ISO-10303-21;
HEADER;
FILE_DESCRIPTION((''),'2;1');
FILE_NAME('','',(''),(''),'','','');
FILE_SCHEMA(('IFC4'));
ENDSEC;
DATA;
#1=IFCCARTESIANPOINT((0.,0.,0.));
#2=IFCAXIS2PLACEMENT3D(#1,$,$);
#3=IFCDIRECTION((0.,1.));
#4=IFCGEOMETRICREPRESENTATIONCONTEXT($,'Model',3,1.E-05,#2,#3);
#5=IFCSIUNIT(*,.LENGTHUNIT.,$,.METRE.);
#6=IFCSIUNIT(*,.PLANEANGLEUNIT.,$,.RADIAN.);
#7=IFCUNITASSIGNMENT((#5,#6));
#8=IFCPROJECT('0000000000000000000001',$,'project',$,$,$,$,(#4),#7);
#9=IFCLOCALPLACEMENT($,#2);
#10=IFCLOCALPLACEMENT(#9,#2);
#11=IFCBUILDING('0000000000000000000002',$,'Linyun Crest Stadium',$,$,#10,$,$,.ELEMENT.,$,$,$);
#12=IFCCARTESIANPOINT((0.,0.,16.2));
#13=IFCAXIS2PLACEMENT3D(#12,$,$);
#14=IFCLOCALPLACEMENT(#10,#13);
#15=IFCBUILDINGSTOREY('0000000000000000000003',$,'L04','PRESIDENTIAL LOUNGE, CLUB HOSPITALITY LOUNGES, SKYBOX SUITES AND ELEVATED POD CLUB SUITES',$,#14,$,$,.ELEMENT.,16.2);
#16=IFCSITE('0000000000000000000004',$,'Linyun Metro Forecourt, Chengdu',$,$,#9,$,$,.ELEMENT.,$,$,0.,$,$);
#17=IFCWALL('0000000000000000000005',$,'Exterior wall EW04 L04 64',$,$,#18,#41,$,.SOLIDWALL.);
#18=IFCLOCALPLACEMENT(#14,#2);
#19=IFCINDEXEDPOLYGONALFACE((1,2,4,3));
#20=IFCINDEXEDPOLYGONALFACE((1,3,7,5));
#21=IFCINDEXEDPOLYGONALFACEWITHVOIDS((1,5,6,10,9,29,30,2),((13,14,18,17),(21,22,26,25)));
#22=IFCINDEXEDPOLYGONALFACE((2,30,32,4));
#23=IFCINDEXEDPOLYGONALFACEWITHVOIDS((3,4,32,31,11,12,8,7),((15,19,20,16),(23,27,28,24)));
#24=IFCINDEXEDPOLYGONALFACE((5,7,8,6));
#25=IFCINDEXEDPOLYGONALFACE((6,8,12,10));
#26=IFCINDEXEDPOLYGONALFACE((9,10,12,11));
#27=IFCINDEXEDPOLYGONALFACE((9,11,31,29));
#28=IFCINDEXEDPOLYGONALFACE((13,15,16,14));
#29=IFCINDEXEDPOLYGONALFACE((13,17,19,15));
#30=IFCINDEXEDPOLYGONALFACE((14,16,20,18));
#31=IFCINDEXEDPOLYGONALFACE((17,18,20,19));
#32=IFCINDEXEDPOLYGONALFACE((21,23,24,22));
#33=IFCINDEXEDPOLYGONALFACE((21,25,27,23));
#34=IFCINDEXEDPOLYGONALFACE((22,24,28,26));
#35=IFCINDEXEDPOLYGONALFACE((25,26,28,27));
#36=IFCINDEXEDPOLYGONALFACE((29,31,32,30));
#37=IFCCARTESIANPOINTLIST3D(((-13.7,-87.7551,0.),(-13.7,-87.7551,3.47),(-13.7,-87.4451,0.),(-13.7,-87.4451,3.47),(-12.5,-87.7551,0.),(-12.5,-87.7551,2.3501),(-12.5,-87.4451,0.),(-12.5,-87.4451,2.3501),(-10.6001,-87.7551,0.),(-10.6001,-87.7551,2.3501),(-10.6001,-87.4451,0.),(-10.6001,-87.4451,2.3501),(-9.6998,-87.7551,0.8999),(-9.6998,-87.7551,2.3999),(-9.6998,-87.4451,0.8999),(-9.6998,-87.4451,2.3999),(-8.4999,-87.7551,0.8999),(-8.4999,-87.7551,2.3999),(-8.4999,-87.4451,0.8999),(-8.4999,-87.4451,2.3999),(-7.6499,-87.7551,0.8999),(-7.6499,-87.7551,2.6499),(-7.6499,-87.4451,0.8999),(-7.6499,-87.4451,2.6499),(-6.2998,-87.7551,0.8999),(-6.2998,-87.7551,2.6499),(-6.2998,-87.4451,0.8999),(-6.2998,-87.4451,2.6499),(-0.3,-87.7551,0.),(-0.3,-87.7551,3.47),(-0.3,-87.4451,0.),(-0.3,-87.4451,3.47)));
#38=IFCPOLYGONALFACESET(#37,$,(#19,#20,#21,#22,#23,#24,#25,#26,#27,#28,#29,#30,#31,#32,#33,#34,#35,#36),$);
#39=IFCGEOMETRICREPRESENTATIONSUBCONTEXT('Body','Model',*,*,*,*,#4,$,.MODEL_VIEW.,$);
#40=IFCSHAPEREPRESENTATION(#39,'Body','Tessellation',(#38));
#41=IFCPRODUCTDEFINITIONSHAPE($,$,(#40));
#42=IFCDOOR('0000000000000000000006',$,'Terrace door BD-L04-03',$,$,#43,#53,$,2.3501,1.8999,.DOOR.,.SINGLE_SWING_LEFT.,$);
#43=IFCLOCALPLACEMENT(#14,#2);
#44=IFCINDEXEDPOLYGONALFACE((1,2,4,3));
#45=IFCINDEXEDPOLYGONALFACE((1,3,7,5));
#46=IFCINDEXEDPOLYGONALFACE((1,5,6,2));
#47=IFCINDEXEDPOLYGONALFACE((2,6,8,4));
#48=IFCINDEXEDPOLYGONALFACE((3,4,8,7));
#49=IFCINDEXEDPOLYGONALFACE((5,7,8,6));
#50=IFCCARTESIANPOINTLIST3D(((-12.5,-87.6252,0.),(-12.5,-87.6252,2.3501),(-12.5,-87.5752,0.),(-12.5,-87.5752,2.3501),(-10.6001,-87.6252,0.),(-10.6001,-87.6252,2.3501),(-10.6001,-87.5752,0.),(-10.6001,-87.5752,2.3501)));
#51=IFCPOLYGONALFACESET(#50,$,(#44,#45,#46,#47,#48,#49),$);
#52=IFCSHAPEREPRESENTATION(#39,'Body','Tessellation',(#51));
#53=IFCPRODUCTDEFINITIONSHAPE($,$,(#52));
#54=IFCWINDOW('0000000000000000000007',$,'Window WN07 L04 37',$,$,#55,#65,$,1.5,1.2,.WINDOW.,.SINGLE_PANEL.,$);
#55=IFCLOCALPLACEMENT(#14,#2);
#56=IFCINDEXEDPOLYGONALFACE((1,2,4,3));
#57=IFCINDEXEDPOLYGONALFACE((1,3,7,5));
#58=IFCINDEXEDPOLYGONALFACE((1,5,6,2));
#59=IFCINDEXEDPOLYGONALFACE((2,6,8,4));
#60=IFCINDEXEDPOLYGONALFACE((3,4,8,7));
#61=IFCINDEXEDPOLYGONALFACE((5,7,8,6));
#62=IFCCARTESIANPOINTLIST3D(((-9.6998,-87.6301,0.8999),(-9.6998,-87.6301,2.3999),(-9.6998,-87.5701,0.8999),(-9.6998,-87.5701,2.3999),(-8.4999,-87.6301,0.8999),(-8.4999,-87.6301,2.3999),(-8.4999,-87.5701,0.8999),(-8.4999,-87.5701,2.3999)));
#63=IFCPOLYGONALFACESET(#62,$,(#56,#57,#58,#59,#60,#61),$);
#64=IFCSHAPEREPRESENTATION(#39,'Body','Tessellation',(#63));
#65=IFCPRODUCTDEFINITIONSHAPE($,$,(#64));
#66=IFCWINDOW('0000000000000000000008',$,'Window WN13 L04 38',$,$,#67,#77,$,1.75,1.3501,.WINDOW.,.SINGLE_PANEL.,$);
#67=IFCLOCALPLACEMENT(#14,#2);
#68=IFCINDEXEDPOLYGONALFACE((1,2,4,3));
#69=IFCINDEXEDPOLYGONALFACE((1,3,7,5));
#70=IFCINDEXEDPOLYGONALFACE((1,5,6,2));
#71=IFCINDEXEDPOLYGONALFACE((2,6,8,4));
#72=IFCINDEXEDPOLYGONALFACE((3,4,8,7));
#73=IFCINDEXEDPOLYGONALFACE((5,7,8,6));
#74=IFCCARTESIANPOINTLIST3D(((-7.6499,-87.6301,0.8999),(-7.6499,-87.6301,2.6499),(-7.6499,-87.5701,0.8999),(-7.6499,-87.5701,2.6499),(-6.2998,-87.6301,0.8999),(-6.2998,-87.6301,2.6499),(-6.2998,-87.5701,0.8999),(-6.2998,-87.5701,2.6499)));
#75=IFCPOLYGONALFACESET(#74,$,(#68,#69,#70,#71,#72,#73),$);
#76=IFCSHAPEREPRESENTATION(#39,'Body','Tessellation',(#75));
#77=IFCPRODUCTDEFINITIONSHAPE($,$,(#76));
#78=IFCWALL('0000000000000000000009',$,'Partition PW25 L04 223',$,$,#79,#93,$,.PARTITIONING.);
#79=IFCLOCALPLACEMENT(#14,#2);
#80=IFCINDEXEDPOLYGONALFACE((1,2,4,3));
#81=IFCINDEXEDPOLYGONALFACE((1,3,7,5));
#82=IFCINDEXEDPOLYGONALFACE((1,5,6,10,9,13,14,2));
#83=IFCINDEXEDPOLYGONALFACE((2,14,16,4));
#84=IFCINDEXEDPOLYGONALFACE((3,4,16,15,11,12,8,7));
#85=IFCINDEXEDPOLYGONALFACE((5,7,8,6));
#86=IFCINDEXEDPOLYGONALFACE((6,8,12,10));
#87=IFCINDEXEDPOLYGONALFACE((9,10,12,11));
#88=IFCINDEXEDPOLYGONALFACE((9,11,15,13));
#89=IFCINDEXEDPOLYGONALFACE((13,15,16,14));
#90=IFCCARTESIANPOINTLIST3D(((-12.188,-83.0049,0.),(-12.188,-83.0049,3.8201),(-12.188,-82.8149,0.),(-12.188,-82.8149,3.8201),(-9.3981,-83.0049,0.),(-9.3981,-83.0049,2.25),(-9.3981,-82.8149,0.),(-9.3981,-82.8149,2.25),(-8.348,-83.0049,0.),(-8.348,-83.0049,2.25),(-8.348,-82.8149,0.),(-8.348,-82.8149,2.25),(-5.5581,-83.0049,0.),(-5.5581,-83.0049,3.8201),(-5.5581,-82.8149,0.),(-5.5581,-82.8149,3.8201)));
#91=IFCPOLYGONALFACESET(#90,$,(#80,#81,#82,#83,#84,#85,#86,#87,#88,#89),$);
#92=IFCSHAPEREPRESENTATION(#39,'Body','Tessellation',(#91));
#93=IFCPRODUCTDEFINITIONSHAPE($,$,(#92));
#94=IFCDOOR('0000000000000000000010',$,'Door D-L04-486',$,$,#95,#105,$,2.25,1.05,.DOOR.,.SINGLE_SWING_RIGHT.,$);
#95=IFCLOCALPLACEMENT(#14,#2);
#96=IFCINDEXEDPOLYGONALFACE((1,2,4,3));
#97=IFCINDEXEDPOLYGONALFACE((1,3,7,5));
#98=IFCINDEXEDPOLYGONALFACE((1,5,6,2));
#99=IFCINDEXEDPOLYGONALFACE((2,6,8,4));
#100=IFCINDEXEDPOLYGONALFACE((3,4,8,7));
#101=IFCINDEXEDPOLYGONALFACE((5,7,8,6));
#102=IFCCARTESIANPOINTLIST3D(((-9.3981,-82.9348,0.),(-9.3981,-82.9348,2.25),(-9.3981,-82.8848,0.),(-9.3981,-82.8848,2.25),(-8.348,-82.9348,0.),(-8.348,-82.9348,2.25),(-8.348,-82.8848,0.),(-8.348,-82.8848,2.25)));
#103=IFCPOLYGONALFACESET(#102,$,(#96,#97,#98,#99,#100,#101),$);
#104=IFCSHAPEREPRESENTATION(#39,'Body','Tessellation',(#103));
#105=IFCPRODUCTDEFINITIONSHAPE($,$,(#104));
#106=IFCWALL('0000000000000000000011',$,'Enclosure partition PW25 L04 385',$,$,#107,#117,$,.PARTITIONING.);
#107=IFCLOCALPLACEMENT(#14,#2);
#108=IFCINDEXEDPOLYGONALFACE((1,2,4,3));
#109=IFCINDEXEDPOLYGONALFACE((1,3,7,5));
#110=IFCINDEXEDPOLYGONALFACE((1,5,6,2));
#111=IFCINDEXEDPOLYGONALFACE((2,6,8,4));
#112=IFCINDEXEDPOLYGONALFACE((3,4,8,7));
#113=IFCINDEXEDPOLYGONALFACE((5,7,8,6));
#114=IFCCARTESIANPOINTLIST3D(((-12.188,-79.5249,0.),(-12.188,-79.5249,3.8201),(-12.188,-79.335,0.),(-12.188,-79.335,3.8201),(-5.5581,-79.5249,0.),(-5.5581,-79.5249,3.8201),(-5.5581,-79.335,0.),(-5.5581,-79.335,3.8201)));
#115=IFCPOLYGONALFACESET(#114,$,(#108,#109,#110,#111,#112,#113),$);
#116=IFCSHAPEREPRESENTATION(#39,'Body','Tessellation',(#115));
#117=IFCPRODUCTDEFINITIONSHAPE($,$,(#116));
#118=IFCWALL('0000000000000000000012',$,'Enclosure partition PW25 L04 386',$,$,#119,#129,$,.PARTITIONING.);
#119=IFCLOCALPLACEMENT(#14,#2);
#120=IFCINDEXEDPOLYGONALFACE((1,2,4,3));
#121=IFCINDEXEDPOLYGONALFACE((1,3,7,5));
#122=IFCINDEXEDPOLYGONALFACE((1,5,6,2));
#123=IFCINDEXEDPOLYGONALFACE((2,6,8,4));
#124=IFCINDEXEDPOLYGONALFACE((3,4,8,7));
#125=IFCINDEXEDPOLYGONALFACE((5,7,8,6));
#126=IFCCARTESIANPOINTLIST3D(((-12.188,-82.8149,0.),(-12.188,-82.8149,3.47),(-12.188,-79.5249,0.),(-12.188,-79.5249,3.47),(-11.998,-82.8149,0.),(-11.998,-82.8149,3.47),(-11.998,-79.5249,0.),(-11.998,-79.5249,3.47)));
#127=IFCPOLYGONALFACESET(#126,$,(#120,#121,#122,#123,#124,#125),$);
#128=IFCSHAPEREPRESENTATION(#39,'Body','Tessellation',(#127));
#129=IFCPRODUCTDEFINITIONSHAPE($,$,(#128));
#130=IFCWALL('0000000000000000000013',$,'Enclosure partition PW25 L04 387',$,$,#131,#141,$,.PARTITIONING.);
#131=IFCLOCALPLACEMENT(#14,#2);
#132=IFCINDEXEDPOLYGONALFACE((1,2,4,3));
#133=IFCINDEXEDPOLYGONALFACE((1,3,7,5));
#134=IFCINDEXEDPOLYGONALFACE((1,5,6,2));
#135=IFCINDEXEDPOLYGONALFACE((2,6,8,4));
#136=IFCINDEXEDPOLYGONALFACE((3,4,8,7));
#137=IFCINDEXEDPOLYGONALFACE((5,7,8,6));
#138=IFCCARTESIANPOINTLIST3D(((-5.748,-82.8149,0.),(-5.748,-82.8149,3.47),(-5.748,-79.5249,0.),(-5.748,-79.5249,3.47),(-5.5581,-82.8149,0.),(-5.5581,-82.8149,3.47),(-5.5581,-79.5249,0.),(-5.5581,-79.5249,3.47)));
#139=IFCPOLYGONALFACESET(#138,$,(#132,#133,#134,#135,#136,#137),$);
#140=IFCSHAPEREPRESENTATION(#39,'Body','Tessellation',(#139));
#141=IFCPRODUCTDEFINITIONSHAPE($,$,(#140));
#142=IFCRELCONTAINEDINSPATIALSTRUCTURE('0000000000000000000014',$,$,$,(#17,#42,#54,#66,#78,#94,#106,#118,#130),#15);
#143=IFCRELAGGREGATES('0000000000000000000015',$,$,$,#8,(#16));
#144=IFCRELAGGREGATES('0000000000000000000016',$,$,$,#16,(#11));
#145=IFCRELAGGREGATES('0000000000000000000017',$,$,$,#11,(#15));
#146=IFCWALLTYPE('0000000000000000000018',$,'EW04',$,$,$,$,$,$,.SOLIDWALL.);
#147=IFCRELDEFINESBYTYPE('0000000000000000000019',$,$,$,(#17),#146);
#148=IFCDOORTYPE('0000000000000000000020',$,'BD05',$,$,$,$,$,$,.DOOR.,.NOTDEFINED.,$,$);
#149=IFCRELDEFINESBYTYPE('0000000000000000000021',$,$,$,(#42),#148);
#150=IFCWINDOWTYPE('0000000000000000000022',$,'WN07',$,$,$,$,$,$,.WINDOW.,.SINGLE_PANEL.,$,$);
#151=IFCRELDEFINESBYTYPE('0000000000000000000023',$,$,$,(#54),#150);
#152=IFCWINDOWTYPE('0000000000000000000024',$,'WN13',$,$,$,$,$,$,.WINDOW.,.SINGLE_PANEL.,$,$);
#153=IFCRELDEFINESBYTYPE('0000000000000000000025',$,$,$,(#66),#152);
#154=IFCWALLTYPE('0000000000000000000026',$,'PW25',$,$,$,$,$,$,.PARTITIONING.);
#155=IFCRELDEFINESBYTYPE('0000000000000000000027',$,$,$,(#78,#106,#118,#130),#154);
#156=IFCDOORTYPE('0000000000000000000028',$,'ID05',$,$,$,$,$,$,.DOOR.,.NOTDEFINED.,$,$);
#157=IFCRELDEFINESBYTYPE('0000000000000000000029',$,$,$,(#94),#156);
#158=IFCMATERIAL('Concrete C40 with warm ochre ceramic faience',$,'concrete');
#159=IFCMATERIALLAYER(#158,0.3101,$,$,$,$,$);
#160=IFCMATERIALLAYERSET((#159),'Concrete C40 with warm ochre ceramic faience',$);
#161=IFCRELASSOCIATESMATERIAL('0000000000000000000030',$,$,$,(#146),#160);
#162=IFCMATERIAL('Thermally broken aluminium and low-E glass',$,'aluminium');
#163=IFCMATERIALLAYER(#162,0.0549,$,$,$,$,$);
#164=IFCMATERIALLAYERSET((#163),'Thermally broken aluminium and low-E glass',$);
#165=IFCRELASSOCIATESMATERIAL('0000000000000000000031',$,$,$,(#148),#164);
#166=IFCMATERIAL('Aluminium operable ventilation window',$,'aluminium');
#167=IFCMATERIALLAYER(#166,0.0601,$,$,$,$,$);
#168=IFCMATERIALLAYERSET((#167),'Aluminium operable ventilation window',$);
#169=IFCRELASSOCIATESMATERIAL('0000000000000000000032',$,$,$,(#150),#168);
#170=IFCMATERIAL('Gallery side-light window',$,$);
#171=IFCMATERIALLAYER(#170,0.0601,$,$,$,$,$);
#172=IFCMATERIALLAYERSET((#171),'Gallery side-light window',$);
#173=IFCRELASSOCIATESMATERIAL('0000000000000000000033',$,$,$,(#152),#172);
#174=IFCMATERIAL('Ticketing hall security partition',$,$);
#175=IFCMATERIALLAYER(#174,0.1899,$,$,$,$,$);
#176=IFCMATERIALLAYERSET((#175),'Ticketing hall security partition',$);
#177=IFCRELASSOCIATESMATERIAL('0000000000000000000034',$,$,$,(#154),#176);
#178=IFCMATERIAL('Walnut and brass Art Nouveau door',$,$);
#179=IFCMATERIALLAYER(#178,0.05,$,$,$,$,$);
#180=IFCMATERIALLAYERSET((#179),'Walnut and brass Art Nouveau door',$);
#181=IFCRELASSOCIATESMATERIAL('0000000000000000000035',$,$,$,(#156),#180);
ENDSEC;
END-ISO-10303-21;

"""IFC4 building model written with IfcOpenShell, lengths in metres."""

from ifc_helpers import new_model, si_unit, direction, frame, frame_2d, origin, place, context, subcontext, project, spatial, rectangle, extrude, material, layer, layer_set, type_object, element, fill, save


model = new_model("IFC4")

# Units and contexts
model_context = context("Model", 3, precision=1e-05, world=origin(), true_north=direction((0.0, 1.0)))
body_context = subcontext(model_context, "Body", "Model", "MODEL_VIEW")
ifc_project = project(units=[si_unit("LENGTHUNIT", "METRE"), si_unit("PLANEANGLEUNIT", "RADIAN")], contexts=[model_context])

# Site, building, storey
site_placement = place(None, origin())
site = spatial("IfcSite", under=ifc_project, at=site_placement, Name="Linyun Metro Forecourt, Chengdu", CompositionType="ELEMENT", RefElevation=0.0)
building_placement = place(site_placement, origin())
building = spatial("IfcBuilding", under=site, at=building_placement, Name="Linyun Crest Stadium", CompositionType="ELEMENT")
storey_placement = place(building_placement, frame((0.0, 0.0, 16.2)))
storey = spatial("IfcBuildingStorey", under=building, at=storey_placement, Name="L04", Description="PRESIDENTIAL LOUNGE, CLUB HOSPITALITY LOUNGES, SKYBOX SUITES AND ELEVATED POD CLUB SUITES", CompositionType="ELEMENT", Elevation=16.2)

# Wall, openings, door, windows
ifc_material_1 = material(Name="Concrete C40 with warm ochre ceramic faience", Category="concrete")
ifc_layer_1 = layer(ifc_material_1, 0.3101)
ifc_layer_set_1 = layer_set([ifc_layer_1], Name="Concrete C40 with warm ochre ceramic faience")
wall_type_1 = type_object("IfcWallType", Name="EW04", PredefinedType="SOLIDWALL", material=ifc_layer_set_1)
wall_1_placement = place(storey_placement, frame((-13.7, -87.6001, 0.0), z_axis=(0.0, 0.0, 1.0), x_axis=(1.0, 0.0, 0.0)))
wall_1 = element("IfcWall", 1, at=wall_1_placement, inside=storey, type_object=wall_type_1, Name="Exterior wall EW04 L04 64", PredefinedType="SOLIDWALL", context=body_context, shape_type="SweptSolid", body=[
    extrude(rectangle(XDim=13.3999, YDim=0.3101, at=frame_2d((6.7, 0.0))), origin(), (0.0, 0.0, 1.0), 3.47),
])
opening_1_placement = place(wall_1_placement, frame((1.2, 0.0, 0.0)))
opening_1 = element("IfcOpeningElement", 2, at=opening_1_placement, cuts=wall_1, PredefinedType="OPENING", context=body_context, shape_type="SweptSolid", body=[
    extrude(rectangle(XDim=1.8999, YDim=2.3501, at=frame_2d((0.95, 1.175))), frame((0.0, 0.165, 0.0), z_axis=(0.0, -1.0, 0.0), x_axis=(1.0, 0.0, 0.0)), (0.0, 0.0, 1.0), 0.3301),
])
opening_2_placement = place(wall_1_placement, frame((4.0, 0.0, 0.8999)))
opening_2 = element("IfcOpeningElement", 3, at=opening_2_placement, cuts=wall_1, PredefinedType="OPENING", context=body_context, shape_type="SweptSolid", body=[
    extrude(rectangle(XDim=1.2, YDim=1.5, at=frame_2d((0.6001, 0.75))), frame((0.0, 0.165, 0.0), z_axis=(0.0, -1.0, 0.0), x_axis=(1.0, 0.0, 0.0)), (0.0, 0.0, 1.0), 0.3301),
])
opening_3_placement = place(wall_1_placement, frame((6.05, 0.0, 0.8999)))
opening_3 = element("IfcOpeningElement", 4, at=opening_3_placement, cuts=wall_1, PredefinedType="OPENING", context=body_context, shape_type="SweptSolid", body=[
    extrude(rectangle(XDim=1.3501, YDim=1.75, at=frame_2d((0.675, 0.875))), frame((0.0, 0.165, 0.0), z_axis=(0.0, -1.0, 0.0), x_axis=(1.0, 0.0, 0.0)), (0.0, 0.0, 1.0), 0.3301),
])
ifc_material_2 = material(Name="Thermally broken aluminium and low-E glass", Category="aluminium")
ifc_layer_2 = layer(ifc_material_2, 0.0549)
ifc_layer_set_2 = layer_set([ifc_layer_2], Name="Thermally broken aluminium and low-E glass")
door_type_1 = type_object("IfcDoorType", Name="BD05", OperationType="NOTDEFINED", PredefinedType="DOOR", material=ifc_layer_set_2)
door_1_placement = place(opening_1_placement, origin())
door_1 = element("IfcDoor", 5, at=door_1_placement, inside=storey, type_object=door_type_1, Name="Terrace door BD-L04-03", OperationType="SINGLE_SWING_LEFT", OverallHeight=2.3501, OverallWidth=1.8999, PredefinedType="DOOR", context=body_context, shape_type="SweptSolid", body=[
    extrude(rectangle(XDim=1.8999, YDim=2.3501, at=frame_2d((0.95, 1.175))), frame((0.0, 0.0249, 0.0), z_axis=(0.0, -1.0, 0.0), x_axis=(1.0, 0.0, 0.0)), (0.0, 0.0, 1.0), 0.05),
])
fill(opening_1, door_1)
ifc_material_3 = material(Name="Aluminium operable ventilation window", Category="aluminium")
ifc_layer_3 = layer(ifc_material_3, 0.0601)
ifc_layer_set_3 = layer_set([ifc_layer_3], Name="Aluminium operable ventilation window")
window_type_1 = type_object("IfcWindowType", Name="WN07", PartitioningType="SINGLE_PANEL", PredefinedType="WINDOW", material=ifc_layer_set_3)
window_1_placement = place(opening_2_placement, origin())
window_1 = element("IfcWindow", 6, at=window_1_placement, inside=storey, type_object=window_type_1, Name="Window WN07 L04 37", OverallHeight=1.5, OverallWidth=1.2, PartitioningType="SINGLE_PANEL", PredefinedType="WINDOW", context=body_context, shape_type="SweptSolid", body=[
    extrude(rectangle(XDim=1.2, YDim=1.5, at=frame_2d((0.6001, 0.75))), frame((0.0, 0.03, 0.0), z_axis=(0.0, -1.0, 0.0), x_axis=(1.0, 0.0, 0.0)), (0.0, 0.0, 1.0), 0.0601),
])
fill(opening_2, window_1)
ifc_material_4 = material(Name="Gallery side-light window")
ifc_layer_4 = layer(ifc_material_4, 0.0601)
ifc_layer_set_4 = layer_set([ifc_layer_4], Name="Gallery side-light window")
window_type_2 = type_object("IfcWindowType", Name="WN13", PartitioningType="SINGLE_PANEL", PredefinedType="WINDOW", material=ifc_layer_set_4)
window_2_placement = place(opening_3_placement, origin())
window_2 = element("IfcWindow", 7, at=window_2_placement, inside=storey, type_object=window_type_2, Name="Window WN13 L04 38", OverallHeight=1.75, OverallWidth=1.3501, PartitioningType="SINGLE_PANEL", PredefinedType="WINDOW", context=body_context, shape_type="SweptSolid", body=[
    extrude(rectangle(XDim=1.3501, YDim=1.75, at=frame_2d((0.675, 0.875))), frame((0.0, 0.03, 0.0), z_axis=(0.0, -1.0, 0.0), x_axis=(1.0, 0.0, 0.0)), (0.0, 0.0, 1.0), 0.0601),
])
fill(opening_3, window_2)

# Wall, opening, door
ifc_material_5 = material(Name="Ticketing hall security partition")
ifc_layer_5 = layer(ifc_material_5, 0.1899)
ifc_layer_set_5 = layer_set([ifc_layer_5], Name="Ticketing hall security partition")
wall_type_2 = type_object("IfcWallType", Name="PW25", PredefinedType="PARTITIONING", material=ifc_layer_set_5)
wall_2_placement = place(storey_placement, frame((-5.5581, -82.9099, 0.0), z_axis=(0.0, 0.0, 1.0), x_axis=(-1.0, 0.0, 0.0)))
wall_2 = element("IfcWall", 8, at=wall_2_placement, inside=storey, type_object=wall_type_2, Name="Partition PW25 L04 223", PredefinedType="PARTITIONING", context=body_context, shape_type="SweptSolid", body=[
    extrude(rectangle(XDim=6.6299, YDim=0.1899, at=frame_2d((3.3149, 0.0))), origin(), (0.0, 0.0, 1.0), 3.8201),
])
opening_4_placement = place(wall_2_placement, frame((2.79, 0.0, 0.0)))
opening_4 = element("IfcOpeningElement", 9, at=opening_4_placement, cuts=wall_2, PredefinedType="OPENING", context=body_context, shape_type="SweptSolid", body=[
    extrude(rectangle(XDim=1.05, YDim=2.25, at=frame_2d((0.5249, 1.125))), frame((0.0, 0.105, 0.0), z_axis=(0.0, -1.0, 0.0), x_axis=(1.0, 0.0, 0.0)), (0.0, 0.0, 1.0), 0.21),
])
ifc_material_6 = material(Name="Walnut and brass Art Nouveau door")
ifc_layer_6 = layer(ifc_material_6, 0.05)
ifc_layer_set_6 = layer_set([ifc_layer_6], Name="Walnut and brass Art Nouveau door")
door_type_2 = type_object("IfcDoorType", Name="ID05", OperationType="NOTDEFINED", PredefinedType="DOOR", material=ifc_layer_set_6)
door_2_placement = place(opening_4_placement, origin())
door_2 = element("IfcDoor", 10, at=door_2_placement, inside=storey, type_object=door_type_2, Name="Door D-L04-486", OperationType="SINGLE_SWING_RIGHT", OverallHeight=2.25, OverallWidth=1.05, PredefinedType="DOOR", context=body_context, shape_type="SweptSolid", body=[
    extrude(rectangle(XDim=1.05, YDim=2.25, at=frame_2d((0.5249, 1.125))), frame((0.0, 0.0249, 0.0), z_axis=(0.0, -1.0, 0.0), x_axis=(1.0, 0.0, 0.0)), (0.0, 0.0, 1.0), 0.05),
])
fill(opening_4, door_2)

# Walls
wall_3_placement = place(storey_placement, frame((-12.188, -79.4299, 0.0), z_axis=(0.0, 0.0, 1.0), x_axis=(1.0, 0.0, 0.0)))
element("IfcWall", 11, at=wall_3_placement, inside=storey, type_object=wall_type_2, Name="Enclosure partition PW25 L04 385", PredefinedType="PARTITIONING", context=body_context, shape_type="SweptSolid", body=[
    extrude(rectangle(XDim=6.6299, YDim=0.1899, at=frame_2d((3.3149, 0.0))), origin(), (0.0, 0.0, 1.0), 3.8201),
])
for number, where, z_axis, x_axis, name in (
    (12, (-12.093, -82.8149, 0.0), (0.0, 0.0, 1.0), (0.0, 1.0, 0.0), "Enclosure partition PW25 L04 386"),
    (13, (-5.6531, -82.8149, 0.0), (0.0, 0.0, 1.0), (0.0, 1.0, 0.0), "Enclosure partition PW25 L04 387"),
):
    element("IfcWall", number, at=place(storey_placement, frame(where, z_axis=z_axis, x_axis=x_axis)), inside=storey, type_object=wall_type_2, Name=name, PredefinedType="PARTITIONING", context=body_context, shape_type="SweptSolid", body=[
        extrude(rectangle(XDim=3.29, YDim=0.1899, at=frame_2d((1.645, 0.0))), origin(), (0.0, 0.0, 1.0), 3.47),
    ])

save(model, "model.ifc")
